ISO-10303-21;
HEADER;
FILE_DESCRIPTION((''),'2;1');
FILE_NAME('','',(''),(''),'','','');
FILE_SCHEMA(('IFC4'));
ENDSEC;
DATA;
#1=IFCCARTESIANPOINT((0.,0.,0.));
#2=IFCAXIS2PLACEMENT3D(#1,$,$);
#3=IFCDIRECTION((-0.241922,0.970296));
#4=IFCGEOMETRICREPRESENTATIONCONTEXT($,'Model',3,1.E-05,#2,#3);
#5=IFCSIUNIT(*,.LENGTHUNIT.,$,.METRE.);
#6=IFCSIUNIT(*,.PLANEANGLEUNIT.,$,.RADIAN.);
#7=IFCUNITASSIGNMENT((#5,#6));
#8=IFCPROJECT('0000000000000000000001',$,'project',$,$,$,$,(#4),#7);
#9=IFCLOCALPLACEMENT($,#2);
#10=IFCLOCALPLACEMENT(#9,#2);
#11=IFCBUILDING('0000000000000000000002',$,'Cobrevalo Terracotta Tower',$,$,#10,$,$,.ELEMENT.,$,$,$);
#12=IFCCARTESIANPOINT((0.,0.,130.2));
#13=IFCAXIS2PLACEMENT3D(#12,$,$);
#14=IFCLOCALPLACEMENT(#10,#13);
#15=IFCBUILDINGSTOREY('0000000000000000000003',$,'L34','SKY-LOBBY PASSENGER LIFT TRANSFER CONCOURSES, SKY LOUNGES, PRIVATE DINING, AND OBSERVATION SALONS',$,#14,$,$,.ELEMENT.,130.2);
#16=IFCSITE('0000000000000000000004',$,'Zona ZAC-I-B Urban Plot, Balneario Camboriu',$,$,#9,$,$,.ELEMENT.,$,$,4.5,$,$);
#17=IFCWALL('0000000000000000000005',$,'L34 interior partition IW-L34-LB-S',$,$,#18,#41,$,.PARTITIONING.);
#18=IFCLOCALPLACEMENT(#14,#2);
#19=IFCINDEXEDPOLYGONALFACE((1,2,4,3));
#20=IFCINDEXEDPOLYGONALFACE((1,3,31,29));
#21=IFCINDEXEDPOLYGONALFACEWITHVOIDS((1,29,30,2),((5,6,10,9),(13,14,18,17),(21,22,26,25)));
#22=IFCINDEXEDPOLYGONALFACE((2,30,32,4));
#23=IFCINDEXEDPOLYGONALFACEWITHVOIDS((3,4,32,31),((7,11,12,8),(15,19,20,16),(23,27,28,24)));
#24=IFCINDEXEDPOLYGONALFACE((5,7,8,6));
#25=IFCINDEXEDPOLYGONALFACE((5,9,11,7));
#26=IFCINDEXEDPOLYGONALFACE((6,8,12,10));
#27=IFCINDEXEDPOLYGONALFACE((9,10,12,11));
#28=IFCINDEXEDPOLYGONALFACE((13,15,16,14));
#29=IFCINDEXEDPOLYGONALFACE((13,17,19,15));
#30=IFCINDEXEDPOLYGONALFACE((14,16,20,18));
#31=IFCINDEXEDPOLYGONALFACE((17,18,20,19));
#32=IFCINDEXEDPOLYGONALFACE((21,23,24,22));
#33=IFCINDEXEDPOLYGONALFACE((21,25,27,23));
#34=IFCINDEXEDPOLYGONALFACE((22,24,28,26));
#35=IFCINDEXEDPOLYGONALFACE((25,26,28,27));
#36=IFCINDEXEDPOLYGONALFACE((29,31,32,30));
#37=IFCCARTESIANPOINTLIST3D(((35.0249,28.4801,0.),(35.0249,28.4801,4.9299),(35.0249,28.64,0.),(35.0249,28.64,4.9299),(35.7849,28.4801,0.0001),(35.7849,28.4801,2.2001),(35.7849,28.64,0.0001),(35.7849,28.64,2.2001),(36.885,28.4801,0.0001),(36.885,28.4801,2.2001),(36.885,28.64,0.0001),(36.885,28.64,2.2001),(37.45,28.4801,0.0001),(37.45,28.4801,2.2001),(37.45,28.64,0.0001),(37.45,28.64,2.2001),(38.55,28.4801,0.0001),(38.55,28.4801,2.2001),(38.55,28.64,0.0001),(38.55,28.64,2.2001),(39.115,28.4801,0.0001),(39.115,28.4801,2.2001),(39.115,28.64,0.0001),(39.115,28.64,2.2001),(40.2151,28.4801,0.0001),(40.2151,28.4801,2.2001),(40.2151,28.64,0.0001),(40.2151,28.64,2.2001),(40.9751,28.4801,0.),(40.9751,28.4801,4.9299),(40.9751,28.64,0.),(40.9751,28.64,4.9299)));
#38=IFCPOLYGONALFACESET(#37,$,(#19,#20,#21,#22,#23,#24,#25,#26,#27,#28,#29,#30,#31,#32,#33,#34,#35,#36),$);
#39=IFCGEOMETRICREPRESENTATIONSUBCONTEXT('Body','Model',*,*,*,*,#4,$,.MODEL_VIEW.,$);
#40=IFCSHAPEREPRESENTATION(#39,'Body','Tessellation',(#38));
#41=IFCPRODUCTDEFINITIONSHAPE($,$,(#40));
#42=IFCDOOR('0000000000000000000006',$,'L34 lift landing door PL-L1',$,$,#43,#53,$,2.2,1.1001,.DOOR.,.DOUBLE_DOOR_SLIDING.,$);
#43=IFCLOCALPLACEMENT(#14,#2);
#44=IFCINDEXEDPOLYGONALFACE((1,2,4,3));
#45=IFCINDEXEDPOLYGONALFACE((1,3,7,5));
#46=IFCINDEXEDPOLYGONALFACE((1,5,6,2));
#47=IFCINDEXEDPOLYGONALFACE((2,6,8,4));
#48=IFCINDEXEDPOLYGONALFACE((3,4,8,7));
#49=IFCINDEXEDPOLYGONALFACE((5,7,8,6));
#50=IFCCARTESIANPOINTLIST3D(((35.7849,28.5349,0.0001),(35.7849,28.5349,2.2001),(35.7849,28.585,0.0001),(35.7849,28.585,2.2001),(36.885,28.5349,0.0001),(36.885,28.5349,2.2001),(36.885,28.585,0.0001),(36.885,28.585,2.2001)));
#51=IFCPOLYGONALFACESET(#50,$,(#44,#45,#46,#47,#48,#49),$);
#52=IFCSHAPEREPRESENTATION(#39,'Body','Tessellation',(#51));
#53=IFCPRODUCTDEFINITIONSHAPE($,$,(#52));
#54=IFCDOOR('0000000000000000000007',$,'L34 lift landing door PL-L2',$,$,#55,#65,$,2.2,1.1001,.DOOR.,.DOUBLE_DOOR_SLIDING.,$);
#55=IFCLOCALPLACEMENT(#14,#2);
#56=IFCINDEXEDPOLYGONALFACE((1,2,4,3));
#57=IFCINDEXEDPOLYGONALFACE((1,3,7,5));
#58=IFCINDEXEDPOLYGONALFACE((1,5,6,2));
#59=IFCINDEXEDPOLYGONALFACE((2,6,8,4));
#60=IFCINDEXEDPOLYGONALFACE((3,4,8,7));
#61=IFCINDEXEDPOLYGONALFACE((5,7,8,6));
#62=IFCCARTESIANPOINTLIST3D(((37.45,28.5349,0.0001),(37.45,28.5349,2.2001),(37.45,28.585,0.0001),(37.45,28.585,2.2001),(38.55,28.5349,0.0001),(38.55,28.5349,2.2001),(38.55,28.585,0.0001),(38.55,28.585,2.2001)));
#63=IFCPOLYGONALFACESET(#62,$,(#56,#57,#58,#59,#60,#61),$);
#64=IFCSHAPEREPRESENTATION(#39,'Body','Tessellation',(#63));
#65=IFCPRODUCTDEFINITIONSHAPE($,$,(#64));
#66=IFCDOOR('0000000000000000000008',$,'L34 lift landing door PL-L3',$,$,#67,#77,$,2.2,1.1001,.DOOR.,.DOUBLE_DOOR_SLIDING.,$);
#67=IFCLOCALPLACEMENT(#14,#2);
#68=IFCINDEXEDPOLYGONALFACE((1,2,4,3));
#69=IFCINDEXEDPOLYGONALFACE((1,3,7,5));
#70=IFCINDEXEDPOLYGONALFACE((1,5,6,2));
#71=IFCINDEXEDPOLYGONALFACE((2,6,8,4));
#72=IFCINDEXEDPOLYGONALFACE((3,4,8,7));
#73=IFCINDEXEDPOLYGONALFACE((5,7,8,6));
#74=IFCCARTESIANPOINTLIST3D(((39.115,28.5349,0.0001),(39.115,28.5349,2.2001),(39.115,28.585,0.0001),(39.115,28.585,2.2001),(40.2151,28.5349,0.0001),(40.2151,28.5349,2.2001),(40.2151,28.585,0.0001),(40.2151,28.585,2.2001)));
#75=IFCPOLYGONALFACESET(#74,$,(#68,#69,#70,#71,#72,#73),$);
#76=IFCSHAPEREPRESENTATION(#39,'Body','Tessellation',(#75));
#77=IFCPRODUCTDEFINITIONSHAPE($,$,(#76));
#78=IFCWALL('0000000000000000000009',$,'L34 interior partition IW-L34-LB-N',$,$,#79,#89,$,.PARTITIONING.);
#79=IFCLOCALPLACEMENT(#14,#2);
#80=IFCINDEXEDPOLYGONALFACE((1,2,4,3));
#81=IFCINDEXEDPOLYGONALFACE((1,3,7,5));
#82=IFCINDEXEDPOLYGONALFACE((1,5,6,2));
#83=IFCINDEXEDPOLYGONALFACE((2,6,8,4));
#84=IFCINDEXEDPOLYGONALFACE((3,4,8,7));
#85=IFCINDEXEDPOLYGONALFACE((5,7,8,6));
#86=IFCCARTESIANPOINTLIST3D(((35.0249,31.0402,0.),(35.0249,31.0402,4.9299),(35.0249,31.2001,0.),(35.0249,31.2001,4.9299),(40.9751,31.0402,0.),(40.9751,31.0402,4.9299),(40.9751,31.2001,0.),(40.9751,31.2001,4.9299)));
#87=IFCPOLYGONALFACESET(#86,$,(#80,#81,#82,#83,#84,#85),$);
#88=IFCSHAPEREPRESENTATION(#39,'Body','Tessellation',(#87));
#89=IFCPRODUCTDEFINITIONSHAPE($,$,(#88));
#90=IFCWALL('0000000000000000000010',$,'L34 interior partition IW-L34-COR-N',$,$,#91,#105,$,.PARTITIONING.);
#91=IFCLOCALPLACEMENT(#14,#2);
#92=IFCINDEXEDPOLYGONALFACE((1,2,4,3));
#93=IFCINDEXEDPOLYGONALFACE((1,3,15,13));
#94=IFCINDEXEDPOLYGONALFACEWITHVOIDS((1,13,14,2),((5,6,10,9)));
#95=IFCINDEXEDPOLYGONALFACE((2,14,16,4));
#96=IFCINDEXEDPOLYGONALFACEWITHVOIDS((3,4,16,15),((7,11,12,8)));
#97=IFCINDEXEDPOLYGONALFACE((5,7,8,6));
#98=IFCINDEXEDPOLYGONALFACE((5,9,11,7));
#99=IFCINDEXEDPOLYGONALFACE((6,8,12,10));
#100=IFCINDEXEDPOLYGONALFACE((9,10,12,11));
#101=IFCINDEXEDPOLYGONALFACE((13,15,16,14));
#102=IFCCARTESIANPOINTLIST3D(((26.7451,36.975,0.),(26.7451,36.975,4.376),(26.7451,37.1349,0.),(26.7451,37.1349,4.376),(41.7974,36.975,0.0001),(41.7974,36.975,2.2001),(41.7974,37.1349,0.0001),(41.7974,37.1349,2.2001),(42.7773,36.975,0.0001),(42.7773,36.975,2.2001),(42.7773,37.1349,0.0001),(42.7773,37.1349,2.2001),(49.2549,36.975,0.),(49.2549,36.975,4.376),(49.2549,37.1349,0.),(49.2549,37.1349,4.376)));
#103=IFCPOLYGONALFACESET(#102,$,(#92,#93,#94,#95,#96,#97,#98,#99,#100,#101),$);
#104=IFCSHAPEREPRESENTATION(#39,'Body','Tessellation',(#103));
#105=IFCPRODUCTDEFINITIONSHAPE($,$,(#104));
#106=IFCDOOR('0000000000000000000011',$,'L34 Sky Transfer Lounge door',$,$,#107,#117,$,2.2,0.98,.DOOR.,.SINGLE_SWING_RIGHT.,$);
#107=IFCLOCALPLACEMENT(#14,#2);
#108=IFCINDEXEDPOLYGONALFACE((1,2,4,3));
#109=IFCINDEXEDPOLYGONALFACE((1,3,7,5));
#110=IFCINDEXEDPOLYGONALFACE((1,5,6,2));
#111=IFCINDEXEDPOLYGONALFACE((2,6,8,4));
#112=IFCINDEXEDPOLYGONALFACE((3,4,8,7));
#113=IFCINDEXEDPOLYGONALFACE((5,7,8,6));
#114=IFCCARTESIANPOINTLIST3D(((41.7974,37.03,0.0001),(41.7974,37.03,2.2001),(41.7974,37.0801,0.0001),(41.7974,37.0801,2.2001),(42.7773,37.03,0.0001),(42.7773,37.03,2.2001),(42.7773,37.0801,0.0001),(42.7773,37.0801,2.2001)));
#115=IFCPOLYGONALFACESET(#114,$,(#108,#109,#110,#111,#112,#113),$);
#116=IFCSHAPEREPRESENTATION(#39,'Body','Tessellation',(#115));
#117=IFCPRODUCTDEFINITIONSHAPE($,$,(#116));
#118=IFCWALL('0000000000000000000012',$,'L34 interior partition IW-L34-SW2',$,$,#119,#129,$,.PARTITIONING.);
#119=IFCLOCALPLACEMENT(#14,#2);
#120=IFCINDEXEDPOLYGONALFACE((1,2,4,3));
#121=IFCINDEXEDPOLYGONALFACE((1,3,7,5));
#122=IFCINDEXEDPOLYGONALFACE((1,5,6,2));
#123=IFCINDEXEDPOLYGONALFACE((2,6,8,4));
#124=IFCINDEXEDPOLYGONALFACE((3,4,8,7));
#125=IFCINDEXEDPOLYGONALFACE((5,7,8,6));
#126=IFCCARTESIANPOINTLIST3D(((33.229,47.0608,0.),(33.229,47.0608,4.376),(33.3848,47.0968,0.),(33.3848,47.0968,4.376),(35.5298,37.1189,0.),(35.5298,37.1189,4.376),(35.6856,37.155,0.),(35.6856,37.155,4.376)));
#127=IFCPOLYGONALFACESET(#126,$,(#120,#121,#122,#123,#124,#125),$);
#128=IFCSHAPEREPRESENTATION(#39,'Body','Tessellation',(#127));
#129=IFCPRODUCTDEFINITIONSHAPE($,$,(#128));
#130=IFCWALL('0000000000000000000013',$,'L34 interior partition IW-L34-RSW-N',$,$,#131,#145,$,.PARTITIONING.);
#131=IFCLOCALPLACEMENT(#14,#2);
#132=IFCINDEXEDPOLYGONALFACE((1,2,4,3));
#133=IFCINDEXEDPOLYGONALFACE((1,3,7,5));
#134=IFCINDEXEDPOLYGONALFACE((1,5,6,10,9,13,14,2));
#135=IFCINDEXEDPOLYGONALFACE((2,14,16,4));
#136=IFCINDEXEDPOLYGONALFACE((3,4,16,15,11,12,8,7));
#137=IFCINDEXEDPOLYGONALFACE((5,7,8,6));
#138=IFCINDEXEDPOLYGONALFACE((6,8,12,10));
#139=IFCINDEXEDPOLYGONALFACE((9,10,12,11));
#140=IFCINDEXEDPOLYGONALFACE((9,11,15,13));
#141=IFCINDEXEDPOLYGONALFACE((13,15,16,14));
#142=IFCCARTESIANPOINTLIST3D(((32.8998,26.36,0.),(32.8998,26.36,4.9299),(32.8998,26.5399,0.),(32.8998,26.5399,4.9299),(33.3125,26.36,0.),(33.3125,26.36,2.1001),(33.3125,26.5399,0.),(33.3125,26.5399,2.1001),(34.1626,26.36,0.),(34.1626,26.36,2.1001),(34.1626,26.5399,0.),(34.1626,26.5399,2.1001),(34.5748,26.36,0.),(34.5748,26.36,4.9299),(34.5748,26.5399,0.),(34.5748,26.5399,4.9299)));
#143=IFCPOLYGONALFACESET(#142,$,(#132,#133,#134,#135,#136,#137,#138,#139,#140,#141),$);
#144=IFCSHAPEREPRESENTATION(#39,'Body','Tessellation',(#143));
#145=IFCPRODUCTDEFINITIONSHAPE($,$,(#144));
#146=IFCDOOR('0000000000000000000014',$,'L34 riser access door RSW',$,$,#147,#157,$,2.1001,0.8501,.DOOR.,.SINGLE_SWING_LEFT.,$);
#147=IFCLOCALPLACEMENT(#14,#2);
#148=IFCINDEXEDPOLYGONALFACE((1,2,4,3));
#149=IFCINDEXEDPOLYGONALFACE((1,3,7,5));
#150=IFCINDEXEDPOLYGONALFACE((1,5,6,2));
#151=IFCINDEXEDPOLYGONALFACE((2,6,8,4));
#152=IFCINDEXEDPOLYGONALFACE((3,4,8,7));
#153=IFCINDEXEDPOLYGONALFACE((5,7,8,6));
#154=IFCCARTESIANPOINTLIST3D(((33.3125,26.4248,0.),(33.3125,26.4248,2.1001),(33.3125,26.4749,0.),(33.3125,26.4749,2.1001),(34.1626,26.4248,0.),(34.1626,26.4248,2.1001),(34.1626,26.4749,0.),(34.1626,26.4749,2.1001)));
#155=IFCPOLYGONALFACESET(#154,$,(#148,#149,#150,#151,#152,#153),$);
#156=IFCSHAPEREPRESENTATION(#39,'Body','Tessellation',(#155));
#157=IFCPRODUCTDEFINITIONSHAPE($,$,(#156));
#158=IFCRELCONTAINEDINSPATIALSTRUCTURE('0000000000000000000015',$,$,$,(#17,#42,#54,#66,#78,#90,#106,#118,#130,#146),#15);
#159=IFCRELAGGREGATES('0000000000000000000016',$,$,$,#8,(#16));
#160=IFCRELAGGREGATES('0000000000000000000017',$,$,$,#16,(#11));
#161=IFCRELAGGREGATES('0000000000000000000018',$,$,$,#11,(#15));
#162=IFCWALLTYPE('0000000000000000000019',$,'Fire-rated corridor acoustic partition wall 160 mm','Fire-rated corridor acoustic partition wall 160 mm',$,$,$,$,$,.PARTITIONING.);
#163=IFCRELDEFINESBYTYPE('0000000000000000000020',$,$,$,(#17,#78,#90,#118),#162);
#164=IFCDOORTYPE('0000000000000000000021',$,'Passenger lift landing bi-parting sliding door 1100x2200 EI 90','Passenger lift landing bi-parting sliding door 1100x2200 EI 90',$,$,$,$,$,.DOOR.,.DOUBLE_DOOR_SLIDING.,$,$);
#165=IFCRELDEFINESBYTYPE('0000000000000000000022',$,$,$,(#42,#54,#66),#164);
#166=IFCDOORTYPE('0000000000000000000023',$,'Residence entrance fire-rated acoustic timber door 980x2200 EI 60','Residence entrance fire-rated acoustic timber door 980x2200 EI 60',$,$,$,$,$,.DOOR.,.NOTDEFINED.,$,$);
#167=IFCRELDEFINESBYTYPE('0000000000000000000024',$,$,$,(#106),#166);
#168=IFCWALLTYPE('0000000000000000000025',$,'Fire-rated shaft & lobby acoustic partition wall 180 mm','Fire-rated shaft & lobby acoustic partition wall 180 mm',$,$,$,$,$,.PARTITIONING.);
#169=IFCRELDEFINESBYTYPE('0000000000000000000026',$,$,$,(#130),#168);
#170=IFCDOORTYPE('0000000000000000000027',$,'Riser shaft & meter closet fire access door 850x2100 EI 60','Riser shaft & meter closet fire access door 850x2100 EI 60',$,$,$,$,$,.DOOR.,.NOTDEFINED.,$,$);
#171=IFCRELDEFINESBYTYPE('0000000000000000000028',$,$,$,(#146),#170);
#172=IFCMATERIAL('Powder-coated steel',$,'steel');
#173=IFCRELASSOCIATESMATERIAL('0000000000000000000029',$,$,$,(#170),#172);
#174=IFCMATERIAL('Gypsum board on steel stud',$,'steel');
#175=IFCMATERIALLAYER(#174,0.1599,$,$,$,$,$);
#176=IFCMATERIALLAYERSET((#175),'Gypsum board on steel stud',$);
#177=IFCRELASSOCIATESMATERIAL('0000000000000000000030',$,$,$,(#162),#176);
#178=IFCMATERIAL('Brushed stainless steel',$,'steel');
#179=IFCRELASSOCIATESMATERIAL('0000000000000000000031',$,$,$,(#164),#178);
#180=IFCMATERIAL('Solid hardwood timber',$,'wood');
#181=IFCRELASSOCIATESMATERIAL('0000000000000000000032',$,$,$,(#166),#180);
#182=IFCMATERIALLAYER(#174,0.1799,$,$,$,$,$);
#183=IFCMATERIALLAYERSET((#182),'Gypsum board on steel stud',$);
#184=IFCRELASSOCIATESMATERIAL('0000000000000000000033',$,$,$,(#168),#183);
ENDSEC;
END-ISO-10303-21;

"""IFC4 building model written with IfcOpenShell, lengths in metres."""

from ifc_helpers import new_model, si_unit, direction, frame, frame_2d, origin, place, context, subcontext, project, spatial, rectangle, extrude, source, transform, mapped, material, layer, layer_set, type_object, element, fill, save


model = new_model("IFC4")

# Units and contexts
model_context = context("Model", 3, precision=1e-05, world=origin(), true_north=direction((-0.241922, 0.970296)))
body_context = subcontext(model_context, "Body", "Model", "MODEL_VIEW")
ifc_project = project(units=[si_unit("LENGTHUNIT", "METRE"), si_unit("PLANEANGLEUNIT", "RADIAN")], contexts=[model_context])

# Site, building, storey
site_placement = place(None, origin())
site = spatial("IfcSite", under=ifc_project, at=site_placement, Name="Zona ZAC-I-B Urban Plot, Balneario Camboriu", CompositionType="ELEMENT", RefElevation=4.5)
building_placement = place(site_placement, origin())
building = spatial("IfcBuilding", under=site, at=building_placement, Name="Cobrevalo Terracotta Tower", CompositionType="ELEMENT")
storey_placement = place(building_placement, frame((0.0, 0.0, 130.2)))
storey = spatial("IfcBuildingStorey", under=building, at=storey_placement, Name="L34", Description="SKY-LOBBY PASSENGER LIFT TRANSFER CONCOURSES, SKY LOUNGES, PRIVATE DINING, AND OBSERVATION SALONS", CompositionType="ELEMENT", Elevation=130.2)

# Shared definitions
ifc_material_1 = material(Name="Powder-coated steel", Category="steel")
door_type_1 = type_object("IfcDoorType", Name="Riser shaft & meter closet fire access door 850x2100 EI 60", Description="Riser shaft & meter closet fire access door 850x2100 EI 60", OperationType="NOTDEFINED", PredefinedType="DOOR", material=ifc_material_1)
shared_shape_1 = source(origin(), body_context, "Body", "SweptSolid", [
    extrude(rectangle(XDim=0.8501, YDim=2.1001, at=frame_2d((0.425, 1.05))), frame((0.0, 0.0249, 0.0), z_axis=(0.0, -1.0, 0.0), x_axis=(1.0, 0.0, 0.0)), (0.0, 0.0, 1.0), 0.05),
])

# Shared definitions
ifc_material_2 = material(Name="Gypsum board on steel stud", Category="steel")
ifc_layer_1 = layer(ifc_material_2, 0.1599)
ifc_layer_set_1 = layer_set([ifc_layer_1], Name="Gypsum board on steel stud")
wall_type_1 = type_object("IfcWallType", Name="Fire-rated corridor acoustic partition wall 160 mm", Description="Fire-rated corridor acoustic partition wall 160 mm", PredefinedType="PARTITIONING", material=ifc_layer_set_1)

# Wall, openings, doors
wall_1_placement = place(storey_placement, frame((35.0249, 28.5601, 0.0), z_axis=(0.0, 0.0, 1.0), x_axis=(1.0, 0.0, 0.0)))
wall_1 = element("IfcWall", 1, at=wall_1_placement, inside=storey, type_object=wall_type_1, Name="L34 interior partition IW-L34-LB-S", PredefinedType="PARTITIONING", context=body_context, shape_type="SweptSolid", body=[
    extrude(rectangle(XDim=5.9502, YDim=0.1599, at=frame_2d((2.9751, 0.0))), origin(), (0.0, 0.0, 1.0), 4.9299),
])
opening_1_placement = place(wall_1_placement, frame((0.76, 0.0, 0.0)))
opening_1 = element("IfcOpeningElement", 2, at=opening_1_placement, cuts=wall_1, PredefinedType="OPENING", context=body_context, shape_type="SweptSolid", body=[
    extrude(rectangle(XDim=1.1001, YDim=2.2, at=frame_2d((0.55, 1.1001))), frame((0.0, 0.0898, 0.0), z_axis=(0.0, -1.0, 0.0), x_axis=(1.0, 0.0, 0.0)), (0.0, 0.0, 1.0), 0.1799),
])
opening_2_placement = place(wall_1_placement, frame((2.425, 0.0, 0.0)))
opening_2 = element("IfcOpeningElement", 3, at=opening_2_placement, cuts=wall_1, PredefinedType="OPENING", context=body_context, shape_type="SweptSolid", body=[
    extrude(rectangle(XDim=1.1001, YDim=2.2, at=frame_2d((0.55, 1.1001))), frame((0.0, 0.0898, 0.0), z_axis=(0.0, -1.0, 0.0), x_axis=(1.0, 0.0, 0.0)), (0.0, 0.0, 1.0), 0.1799),
])
opening_3_placement = place(wall_1_placement, frame((4.0901, 0.0, 0.0)))
opening_3 = element("IfcOpeningElement", 4, at=opening_3_placement, cuts=wall_1, PredefinedType="OPENING", context=body_context, shape_type="SweptSolid", body=[
    extrude(rectangle(XDim=1.1001, YDim=2.2, at=frame_2d((0.55, 1.1001))), frame((0.0, 0.0898, 0.0), z_axis=(0.0, -1.0, 0.0), x_axis=(1.0, 0.0, 0.0)), (0.0, 0.0, 1.0), 0.1799),
])
ifc_material_3 = material(Name="Brushed stainless steel", Category="steel")
door_type_2 = type_object("IfcDoorType", Name="Passenger lift landing bi-parting sliding door 1100x2200 EI 90", Description="Passenger lift landing bi-parting sliding door 1100x2200 EI 90", OperationType="DOUBLE_DOOR_SLIDING", PredefinedType="DOOR", material=ifc_material_3)
shared_shape_2 = source(origin(), body_context, "Body", "SweptSolid", [
    extrude(rectangle(XDim=1.1001, YDim=2.2, at=frame_2d((0.55, 1.1001))), frame((0.0, 0.0249, 0.0), z_axis=(0.0, -1.0, 0.0), x_axis=(1.0, 0.0, 0.0)), (0.0, 0.0, 1.0), 0.05),
])
door_1_placement = place(opening_1_placement, origin())
door_1 = element("IfcDoor", 5, at=door_1_placement, inside=storey, type_object=door_type_2, Name="L34 lift landing door PL-L1", OperationType="DOUBLE_DOOR_SLIDING", OverallHeight=2.2, OverallWidth=1.1001, PredefinedType="DOOR", context=body_context, shape_type="MappedRepresentation", body=[
    mapped(shared_shape_2, transform((0.0, 0.0, 0.0), scale=1.0)),
])
fill(opening_1, door_1)
door_2_placement = place(opening_2_placement, origin())
door_2 = element("IfcDoor", 6, at=door_2_placement, inside=storey, type_object=door_type_2, Name="L34 lift landing door PL-L2", OperationType="DOUBLE_DOOR_SLIDING", OverallHeight=2.2, OverallWidth=1.1001, PredefinedType="DOOR", context=body_context, shape_type="MappedRepresentation", body=[
    mapped(shared_shape_2, transform((0.0, 0.0, 0.0), scale=1.0)),
])
fill(opening_2, door_2)
door_3_placement = place(opening_3_placement, origin())
door_3 = element("IfcDoor", 7, at=door_3_placement, inside=storey, type_object=door_type_2, Name="L34 lift landing door PL-L3", OperationType="DOUBLE_DOOR_SLIDING", OverallHeight=2.2, OverallWidth=1.1001, PredefinedType="DOOR", context=body_context, shape_type="MappedRepresentation", body=[
    mapped(shared_shape_2, transform((0.0, 0.0, 0.0), scale=1.0)),
])
fill(opening_3, door_3)

# Wall
wall_2_placement = place(storey_placement, frame((35.0249, 31.1201, 0.0), z_axis=(0.0, 0.0, 1.0), x_axis=(1.0, 0.0, 0.0)))
element("IfcWall", 8, at=wall_2_placement, inside=storey, type_object=wall_type_1, Name="L34 interior partition IW-L34-LB-N", PredefinedType="PARTITIONING", context=body_context, shape_type="SweptSolid", body=[
    extrude(rectangle(XDim=5.9502, YDim=0.1599, at=frame_2d((2.9751, 0.0))), origin(), (0.0, 0.0, 1.0), 4.9299),
])

# Wall, opening, door
wall_3_placement = place(storey_placement, frame((26.7451, 37.0549, 0.0), z_axis=(0.0, 0.0, 1.0), x_axis=(1.0, 0.0, 0.0)))
wall_3 = element("IfcWall", 9, at=wall_3_placement, inside=storey, type_object=wall_type_1, Name="L34 interior partition IW-L34-COR-N", PredefinedType="PARTITIONING", context=body_context, shape_type="SweptSolid", body=[
    extrude(rectangle(XDim=22.5098, YDim=0.1599, at=frame_2d((11.2549, 0.0))), origin(), (0.0, 0.0, 1.0), 4.376),
])
opening_4_placement = place(wall_3_placement, frame((15.0522, 0.0, 0.0)))
opening_4 = element("IfcOpeningElement", 10, at=opening_4_placement, cuts=wall_3, PredefinedType="OPENING", context=body_context, shape_type="SweptSolid", body=[
    extrude(rectangle(XDim=0.98, YDim=2.2, at=frame_2d((0.49, 1.1001))), frame((0.0, 0.0898, 0.0), z_axis=(0.0, -1.0, 0.0), x_axis=(1.0, 0.0, 0.0)), (0.0, 0.0, 1.0), 0.1799),
])
ifc_material_4 = material(Name="Solid hardwood timber", Category="wood")
door_type_3 = type_object("IfcDoorType", Name="Residence entrance fire-rated acoustic timber door 980x2200 EI 60", Description="Residence entrance fire-rated acoustic timber door 980x2200 EI 60", OperationType="NOTDEFINED", PredefinedType="DOOR", material=ifc_material_4)
shared_shape_3 = source(origin(), body_context, "Body", "SweptSolid", [
    extrude(rectangle(XDim=0.98, YDim=2.2, at=frame_2d((0.49, 1.1001))), frame((0.0, 0.0249, 0.0), z_axis=(0.0, -1.0, 0.0), x_axis=(1.0, 0.0, 0.0)), (0.0, 0.0, 1.0), 0.05),
])
door_4_placement = place(opening_4_placement, frame((0.98, 0.0, 0.0), z_axis=(0.0, 0.0, 1.0), x_axis=(-1.0, 0.0, 0.0)))
door_4 = element("IfcDoor", 11, at=door_4_placement, inside=storey, type_object=door_type_3, Name="L34 Sky Transfer Lounge door", OperationType="SINGLE_SWING_RIGHT", OverallHeight=2.2, OverallWidth=0.98, PredefinedType="DOOR", context=body_context, shape_type="MappedRepresentation", body=[
    mapped(shared_shape_3, transform((0.0, 0.0, 0.0), scale=1.0)),
])
fill(opening_4, door_4)

# Wall
wall_4_placement = place(storey_placement, frame((35.6077, 37.137, 0.0), z_axis=(0.0, 0.0, 1.0), x_axis=(-0.225464, 0.974251, 0.0)))
element("IfcWall", 12, at=wall_4_placement, inside=storey, type_object=wall_type_1, Name="L34 interior partition IW-L34-SW2", PredefinedType="PARTITIONING", context=body_context, shape_type="SweptSolid", body=[
    extrude(rectangle(XDim=10.2046, YDim=0.1599, at=frame_2d((5.1023, 0.0))), origin(), (0.0, 0.0, 1.0), 4.376),
])

# Wall, opening, door
ifc_layer_2 = layer(ifc_material_2, 0.1799)
ifc_layer_set_2 = layer_set([ifc_layer_2], Name="Gypsum board on steel stud")
wall_type_2 = type_object("IfcWallType", Name="Fire-rated shaft & lobby acoustic partition wall 180 mm", Description="Fire-rated shaft & lobby acoustic partition wall 180 mm", PredefinedType="PARTITIONING", material=ifc_layer_set_2)
wall_5_placement = place(storey_placement, frame((32.8999, 26.45, 0.0), z_axis=(0.0, 0.0, 1.0), x_axis=(1.0, 0.0, 0.0)))
wall_5 = element("IfcWall", 13, at=wall_5_placement, inside=storey, type_object=wall_type_2, Name="L34 interior partition IW-L34-RSW-N", PredefinedType="PARTITIONING", context=body_context, shape_type="SweptSolid", body=[
    extrude(rectangle(XDim=1.675, YDim=0.1799, at=frame_2d((0.8374, 0.0))), origin(), (0.0, 0.0, 1.0), 4.9299),
])
opening_5_placement = place(wall_5_placement, frame((0.4126, 0.0, 0.0)))
opening_5 = element("IfcOpeningElement", 14, at=opening_5_placement, cuts=wall_5, PredefinedType="OPENING", context=body_context, shape_type="SweptSolid", body=[
    extrude(rectangle(XDim=0.8501, YDim=2.1001, at=frame_2d((0.425, 1.05))), frame((0.0, 0.1001, 0.0), z_axis=(0.0, -1.0, 0.0), x_axis=(1.0, 0.0, 0.0)), (0.0, 0.0, 1.0), 0.2),
])
door_5_placement = place(opening_5_placement, origin())
door_5 = element("IfcDoor", 15, at=door_5_placement, inside=storey, type_object=door_type_1, Name="L34 riser access door RSW", OperationType="SINGLE_SWING_LEFT", OverallHeight=2.1001, OverallWidth=0.8501, PredefinedType="DOOR", context=body_context, shape_type="MappedRepresentation", body=[
    mapped(shared_shape_1, transform((0.0, 0.0, 0.0), scale=1.0)),
])
fill(opening_5, door_5)

save(model, "model.ifc")
